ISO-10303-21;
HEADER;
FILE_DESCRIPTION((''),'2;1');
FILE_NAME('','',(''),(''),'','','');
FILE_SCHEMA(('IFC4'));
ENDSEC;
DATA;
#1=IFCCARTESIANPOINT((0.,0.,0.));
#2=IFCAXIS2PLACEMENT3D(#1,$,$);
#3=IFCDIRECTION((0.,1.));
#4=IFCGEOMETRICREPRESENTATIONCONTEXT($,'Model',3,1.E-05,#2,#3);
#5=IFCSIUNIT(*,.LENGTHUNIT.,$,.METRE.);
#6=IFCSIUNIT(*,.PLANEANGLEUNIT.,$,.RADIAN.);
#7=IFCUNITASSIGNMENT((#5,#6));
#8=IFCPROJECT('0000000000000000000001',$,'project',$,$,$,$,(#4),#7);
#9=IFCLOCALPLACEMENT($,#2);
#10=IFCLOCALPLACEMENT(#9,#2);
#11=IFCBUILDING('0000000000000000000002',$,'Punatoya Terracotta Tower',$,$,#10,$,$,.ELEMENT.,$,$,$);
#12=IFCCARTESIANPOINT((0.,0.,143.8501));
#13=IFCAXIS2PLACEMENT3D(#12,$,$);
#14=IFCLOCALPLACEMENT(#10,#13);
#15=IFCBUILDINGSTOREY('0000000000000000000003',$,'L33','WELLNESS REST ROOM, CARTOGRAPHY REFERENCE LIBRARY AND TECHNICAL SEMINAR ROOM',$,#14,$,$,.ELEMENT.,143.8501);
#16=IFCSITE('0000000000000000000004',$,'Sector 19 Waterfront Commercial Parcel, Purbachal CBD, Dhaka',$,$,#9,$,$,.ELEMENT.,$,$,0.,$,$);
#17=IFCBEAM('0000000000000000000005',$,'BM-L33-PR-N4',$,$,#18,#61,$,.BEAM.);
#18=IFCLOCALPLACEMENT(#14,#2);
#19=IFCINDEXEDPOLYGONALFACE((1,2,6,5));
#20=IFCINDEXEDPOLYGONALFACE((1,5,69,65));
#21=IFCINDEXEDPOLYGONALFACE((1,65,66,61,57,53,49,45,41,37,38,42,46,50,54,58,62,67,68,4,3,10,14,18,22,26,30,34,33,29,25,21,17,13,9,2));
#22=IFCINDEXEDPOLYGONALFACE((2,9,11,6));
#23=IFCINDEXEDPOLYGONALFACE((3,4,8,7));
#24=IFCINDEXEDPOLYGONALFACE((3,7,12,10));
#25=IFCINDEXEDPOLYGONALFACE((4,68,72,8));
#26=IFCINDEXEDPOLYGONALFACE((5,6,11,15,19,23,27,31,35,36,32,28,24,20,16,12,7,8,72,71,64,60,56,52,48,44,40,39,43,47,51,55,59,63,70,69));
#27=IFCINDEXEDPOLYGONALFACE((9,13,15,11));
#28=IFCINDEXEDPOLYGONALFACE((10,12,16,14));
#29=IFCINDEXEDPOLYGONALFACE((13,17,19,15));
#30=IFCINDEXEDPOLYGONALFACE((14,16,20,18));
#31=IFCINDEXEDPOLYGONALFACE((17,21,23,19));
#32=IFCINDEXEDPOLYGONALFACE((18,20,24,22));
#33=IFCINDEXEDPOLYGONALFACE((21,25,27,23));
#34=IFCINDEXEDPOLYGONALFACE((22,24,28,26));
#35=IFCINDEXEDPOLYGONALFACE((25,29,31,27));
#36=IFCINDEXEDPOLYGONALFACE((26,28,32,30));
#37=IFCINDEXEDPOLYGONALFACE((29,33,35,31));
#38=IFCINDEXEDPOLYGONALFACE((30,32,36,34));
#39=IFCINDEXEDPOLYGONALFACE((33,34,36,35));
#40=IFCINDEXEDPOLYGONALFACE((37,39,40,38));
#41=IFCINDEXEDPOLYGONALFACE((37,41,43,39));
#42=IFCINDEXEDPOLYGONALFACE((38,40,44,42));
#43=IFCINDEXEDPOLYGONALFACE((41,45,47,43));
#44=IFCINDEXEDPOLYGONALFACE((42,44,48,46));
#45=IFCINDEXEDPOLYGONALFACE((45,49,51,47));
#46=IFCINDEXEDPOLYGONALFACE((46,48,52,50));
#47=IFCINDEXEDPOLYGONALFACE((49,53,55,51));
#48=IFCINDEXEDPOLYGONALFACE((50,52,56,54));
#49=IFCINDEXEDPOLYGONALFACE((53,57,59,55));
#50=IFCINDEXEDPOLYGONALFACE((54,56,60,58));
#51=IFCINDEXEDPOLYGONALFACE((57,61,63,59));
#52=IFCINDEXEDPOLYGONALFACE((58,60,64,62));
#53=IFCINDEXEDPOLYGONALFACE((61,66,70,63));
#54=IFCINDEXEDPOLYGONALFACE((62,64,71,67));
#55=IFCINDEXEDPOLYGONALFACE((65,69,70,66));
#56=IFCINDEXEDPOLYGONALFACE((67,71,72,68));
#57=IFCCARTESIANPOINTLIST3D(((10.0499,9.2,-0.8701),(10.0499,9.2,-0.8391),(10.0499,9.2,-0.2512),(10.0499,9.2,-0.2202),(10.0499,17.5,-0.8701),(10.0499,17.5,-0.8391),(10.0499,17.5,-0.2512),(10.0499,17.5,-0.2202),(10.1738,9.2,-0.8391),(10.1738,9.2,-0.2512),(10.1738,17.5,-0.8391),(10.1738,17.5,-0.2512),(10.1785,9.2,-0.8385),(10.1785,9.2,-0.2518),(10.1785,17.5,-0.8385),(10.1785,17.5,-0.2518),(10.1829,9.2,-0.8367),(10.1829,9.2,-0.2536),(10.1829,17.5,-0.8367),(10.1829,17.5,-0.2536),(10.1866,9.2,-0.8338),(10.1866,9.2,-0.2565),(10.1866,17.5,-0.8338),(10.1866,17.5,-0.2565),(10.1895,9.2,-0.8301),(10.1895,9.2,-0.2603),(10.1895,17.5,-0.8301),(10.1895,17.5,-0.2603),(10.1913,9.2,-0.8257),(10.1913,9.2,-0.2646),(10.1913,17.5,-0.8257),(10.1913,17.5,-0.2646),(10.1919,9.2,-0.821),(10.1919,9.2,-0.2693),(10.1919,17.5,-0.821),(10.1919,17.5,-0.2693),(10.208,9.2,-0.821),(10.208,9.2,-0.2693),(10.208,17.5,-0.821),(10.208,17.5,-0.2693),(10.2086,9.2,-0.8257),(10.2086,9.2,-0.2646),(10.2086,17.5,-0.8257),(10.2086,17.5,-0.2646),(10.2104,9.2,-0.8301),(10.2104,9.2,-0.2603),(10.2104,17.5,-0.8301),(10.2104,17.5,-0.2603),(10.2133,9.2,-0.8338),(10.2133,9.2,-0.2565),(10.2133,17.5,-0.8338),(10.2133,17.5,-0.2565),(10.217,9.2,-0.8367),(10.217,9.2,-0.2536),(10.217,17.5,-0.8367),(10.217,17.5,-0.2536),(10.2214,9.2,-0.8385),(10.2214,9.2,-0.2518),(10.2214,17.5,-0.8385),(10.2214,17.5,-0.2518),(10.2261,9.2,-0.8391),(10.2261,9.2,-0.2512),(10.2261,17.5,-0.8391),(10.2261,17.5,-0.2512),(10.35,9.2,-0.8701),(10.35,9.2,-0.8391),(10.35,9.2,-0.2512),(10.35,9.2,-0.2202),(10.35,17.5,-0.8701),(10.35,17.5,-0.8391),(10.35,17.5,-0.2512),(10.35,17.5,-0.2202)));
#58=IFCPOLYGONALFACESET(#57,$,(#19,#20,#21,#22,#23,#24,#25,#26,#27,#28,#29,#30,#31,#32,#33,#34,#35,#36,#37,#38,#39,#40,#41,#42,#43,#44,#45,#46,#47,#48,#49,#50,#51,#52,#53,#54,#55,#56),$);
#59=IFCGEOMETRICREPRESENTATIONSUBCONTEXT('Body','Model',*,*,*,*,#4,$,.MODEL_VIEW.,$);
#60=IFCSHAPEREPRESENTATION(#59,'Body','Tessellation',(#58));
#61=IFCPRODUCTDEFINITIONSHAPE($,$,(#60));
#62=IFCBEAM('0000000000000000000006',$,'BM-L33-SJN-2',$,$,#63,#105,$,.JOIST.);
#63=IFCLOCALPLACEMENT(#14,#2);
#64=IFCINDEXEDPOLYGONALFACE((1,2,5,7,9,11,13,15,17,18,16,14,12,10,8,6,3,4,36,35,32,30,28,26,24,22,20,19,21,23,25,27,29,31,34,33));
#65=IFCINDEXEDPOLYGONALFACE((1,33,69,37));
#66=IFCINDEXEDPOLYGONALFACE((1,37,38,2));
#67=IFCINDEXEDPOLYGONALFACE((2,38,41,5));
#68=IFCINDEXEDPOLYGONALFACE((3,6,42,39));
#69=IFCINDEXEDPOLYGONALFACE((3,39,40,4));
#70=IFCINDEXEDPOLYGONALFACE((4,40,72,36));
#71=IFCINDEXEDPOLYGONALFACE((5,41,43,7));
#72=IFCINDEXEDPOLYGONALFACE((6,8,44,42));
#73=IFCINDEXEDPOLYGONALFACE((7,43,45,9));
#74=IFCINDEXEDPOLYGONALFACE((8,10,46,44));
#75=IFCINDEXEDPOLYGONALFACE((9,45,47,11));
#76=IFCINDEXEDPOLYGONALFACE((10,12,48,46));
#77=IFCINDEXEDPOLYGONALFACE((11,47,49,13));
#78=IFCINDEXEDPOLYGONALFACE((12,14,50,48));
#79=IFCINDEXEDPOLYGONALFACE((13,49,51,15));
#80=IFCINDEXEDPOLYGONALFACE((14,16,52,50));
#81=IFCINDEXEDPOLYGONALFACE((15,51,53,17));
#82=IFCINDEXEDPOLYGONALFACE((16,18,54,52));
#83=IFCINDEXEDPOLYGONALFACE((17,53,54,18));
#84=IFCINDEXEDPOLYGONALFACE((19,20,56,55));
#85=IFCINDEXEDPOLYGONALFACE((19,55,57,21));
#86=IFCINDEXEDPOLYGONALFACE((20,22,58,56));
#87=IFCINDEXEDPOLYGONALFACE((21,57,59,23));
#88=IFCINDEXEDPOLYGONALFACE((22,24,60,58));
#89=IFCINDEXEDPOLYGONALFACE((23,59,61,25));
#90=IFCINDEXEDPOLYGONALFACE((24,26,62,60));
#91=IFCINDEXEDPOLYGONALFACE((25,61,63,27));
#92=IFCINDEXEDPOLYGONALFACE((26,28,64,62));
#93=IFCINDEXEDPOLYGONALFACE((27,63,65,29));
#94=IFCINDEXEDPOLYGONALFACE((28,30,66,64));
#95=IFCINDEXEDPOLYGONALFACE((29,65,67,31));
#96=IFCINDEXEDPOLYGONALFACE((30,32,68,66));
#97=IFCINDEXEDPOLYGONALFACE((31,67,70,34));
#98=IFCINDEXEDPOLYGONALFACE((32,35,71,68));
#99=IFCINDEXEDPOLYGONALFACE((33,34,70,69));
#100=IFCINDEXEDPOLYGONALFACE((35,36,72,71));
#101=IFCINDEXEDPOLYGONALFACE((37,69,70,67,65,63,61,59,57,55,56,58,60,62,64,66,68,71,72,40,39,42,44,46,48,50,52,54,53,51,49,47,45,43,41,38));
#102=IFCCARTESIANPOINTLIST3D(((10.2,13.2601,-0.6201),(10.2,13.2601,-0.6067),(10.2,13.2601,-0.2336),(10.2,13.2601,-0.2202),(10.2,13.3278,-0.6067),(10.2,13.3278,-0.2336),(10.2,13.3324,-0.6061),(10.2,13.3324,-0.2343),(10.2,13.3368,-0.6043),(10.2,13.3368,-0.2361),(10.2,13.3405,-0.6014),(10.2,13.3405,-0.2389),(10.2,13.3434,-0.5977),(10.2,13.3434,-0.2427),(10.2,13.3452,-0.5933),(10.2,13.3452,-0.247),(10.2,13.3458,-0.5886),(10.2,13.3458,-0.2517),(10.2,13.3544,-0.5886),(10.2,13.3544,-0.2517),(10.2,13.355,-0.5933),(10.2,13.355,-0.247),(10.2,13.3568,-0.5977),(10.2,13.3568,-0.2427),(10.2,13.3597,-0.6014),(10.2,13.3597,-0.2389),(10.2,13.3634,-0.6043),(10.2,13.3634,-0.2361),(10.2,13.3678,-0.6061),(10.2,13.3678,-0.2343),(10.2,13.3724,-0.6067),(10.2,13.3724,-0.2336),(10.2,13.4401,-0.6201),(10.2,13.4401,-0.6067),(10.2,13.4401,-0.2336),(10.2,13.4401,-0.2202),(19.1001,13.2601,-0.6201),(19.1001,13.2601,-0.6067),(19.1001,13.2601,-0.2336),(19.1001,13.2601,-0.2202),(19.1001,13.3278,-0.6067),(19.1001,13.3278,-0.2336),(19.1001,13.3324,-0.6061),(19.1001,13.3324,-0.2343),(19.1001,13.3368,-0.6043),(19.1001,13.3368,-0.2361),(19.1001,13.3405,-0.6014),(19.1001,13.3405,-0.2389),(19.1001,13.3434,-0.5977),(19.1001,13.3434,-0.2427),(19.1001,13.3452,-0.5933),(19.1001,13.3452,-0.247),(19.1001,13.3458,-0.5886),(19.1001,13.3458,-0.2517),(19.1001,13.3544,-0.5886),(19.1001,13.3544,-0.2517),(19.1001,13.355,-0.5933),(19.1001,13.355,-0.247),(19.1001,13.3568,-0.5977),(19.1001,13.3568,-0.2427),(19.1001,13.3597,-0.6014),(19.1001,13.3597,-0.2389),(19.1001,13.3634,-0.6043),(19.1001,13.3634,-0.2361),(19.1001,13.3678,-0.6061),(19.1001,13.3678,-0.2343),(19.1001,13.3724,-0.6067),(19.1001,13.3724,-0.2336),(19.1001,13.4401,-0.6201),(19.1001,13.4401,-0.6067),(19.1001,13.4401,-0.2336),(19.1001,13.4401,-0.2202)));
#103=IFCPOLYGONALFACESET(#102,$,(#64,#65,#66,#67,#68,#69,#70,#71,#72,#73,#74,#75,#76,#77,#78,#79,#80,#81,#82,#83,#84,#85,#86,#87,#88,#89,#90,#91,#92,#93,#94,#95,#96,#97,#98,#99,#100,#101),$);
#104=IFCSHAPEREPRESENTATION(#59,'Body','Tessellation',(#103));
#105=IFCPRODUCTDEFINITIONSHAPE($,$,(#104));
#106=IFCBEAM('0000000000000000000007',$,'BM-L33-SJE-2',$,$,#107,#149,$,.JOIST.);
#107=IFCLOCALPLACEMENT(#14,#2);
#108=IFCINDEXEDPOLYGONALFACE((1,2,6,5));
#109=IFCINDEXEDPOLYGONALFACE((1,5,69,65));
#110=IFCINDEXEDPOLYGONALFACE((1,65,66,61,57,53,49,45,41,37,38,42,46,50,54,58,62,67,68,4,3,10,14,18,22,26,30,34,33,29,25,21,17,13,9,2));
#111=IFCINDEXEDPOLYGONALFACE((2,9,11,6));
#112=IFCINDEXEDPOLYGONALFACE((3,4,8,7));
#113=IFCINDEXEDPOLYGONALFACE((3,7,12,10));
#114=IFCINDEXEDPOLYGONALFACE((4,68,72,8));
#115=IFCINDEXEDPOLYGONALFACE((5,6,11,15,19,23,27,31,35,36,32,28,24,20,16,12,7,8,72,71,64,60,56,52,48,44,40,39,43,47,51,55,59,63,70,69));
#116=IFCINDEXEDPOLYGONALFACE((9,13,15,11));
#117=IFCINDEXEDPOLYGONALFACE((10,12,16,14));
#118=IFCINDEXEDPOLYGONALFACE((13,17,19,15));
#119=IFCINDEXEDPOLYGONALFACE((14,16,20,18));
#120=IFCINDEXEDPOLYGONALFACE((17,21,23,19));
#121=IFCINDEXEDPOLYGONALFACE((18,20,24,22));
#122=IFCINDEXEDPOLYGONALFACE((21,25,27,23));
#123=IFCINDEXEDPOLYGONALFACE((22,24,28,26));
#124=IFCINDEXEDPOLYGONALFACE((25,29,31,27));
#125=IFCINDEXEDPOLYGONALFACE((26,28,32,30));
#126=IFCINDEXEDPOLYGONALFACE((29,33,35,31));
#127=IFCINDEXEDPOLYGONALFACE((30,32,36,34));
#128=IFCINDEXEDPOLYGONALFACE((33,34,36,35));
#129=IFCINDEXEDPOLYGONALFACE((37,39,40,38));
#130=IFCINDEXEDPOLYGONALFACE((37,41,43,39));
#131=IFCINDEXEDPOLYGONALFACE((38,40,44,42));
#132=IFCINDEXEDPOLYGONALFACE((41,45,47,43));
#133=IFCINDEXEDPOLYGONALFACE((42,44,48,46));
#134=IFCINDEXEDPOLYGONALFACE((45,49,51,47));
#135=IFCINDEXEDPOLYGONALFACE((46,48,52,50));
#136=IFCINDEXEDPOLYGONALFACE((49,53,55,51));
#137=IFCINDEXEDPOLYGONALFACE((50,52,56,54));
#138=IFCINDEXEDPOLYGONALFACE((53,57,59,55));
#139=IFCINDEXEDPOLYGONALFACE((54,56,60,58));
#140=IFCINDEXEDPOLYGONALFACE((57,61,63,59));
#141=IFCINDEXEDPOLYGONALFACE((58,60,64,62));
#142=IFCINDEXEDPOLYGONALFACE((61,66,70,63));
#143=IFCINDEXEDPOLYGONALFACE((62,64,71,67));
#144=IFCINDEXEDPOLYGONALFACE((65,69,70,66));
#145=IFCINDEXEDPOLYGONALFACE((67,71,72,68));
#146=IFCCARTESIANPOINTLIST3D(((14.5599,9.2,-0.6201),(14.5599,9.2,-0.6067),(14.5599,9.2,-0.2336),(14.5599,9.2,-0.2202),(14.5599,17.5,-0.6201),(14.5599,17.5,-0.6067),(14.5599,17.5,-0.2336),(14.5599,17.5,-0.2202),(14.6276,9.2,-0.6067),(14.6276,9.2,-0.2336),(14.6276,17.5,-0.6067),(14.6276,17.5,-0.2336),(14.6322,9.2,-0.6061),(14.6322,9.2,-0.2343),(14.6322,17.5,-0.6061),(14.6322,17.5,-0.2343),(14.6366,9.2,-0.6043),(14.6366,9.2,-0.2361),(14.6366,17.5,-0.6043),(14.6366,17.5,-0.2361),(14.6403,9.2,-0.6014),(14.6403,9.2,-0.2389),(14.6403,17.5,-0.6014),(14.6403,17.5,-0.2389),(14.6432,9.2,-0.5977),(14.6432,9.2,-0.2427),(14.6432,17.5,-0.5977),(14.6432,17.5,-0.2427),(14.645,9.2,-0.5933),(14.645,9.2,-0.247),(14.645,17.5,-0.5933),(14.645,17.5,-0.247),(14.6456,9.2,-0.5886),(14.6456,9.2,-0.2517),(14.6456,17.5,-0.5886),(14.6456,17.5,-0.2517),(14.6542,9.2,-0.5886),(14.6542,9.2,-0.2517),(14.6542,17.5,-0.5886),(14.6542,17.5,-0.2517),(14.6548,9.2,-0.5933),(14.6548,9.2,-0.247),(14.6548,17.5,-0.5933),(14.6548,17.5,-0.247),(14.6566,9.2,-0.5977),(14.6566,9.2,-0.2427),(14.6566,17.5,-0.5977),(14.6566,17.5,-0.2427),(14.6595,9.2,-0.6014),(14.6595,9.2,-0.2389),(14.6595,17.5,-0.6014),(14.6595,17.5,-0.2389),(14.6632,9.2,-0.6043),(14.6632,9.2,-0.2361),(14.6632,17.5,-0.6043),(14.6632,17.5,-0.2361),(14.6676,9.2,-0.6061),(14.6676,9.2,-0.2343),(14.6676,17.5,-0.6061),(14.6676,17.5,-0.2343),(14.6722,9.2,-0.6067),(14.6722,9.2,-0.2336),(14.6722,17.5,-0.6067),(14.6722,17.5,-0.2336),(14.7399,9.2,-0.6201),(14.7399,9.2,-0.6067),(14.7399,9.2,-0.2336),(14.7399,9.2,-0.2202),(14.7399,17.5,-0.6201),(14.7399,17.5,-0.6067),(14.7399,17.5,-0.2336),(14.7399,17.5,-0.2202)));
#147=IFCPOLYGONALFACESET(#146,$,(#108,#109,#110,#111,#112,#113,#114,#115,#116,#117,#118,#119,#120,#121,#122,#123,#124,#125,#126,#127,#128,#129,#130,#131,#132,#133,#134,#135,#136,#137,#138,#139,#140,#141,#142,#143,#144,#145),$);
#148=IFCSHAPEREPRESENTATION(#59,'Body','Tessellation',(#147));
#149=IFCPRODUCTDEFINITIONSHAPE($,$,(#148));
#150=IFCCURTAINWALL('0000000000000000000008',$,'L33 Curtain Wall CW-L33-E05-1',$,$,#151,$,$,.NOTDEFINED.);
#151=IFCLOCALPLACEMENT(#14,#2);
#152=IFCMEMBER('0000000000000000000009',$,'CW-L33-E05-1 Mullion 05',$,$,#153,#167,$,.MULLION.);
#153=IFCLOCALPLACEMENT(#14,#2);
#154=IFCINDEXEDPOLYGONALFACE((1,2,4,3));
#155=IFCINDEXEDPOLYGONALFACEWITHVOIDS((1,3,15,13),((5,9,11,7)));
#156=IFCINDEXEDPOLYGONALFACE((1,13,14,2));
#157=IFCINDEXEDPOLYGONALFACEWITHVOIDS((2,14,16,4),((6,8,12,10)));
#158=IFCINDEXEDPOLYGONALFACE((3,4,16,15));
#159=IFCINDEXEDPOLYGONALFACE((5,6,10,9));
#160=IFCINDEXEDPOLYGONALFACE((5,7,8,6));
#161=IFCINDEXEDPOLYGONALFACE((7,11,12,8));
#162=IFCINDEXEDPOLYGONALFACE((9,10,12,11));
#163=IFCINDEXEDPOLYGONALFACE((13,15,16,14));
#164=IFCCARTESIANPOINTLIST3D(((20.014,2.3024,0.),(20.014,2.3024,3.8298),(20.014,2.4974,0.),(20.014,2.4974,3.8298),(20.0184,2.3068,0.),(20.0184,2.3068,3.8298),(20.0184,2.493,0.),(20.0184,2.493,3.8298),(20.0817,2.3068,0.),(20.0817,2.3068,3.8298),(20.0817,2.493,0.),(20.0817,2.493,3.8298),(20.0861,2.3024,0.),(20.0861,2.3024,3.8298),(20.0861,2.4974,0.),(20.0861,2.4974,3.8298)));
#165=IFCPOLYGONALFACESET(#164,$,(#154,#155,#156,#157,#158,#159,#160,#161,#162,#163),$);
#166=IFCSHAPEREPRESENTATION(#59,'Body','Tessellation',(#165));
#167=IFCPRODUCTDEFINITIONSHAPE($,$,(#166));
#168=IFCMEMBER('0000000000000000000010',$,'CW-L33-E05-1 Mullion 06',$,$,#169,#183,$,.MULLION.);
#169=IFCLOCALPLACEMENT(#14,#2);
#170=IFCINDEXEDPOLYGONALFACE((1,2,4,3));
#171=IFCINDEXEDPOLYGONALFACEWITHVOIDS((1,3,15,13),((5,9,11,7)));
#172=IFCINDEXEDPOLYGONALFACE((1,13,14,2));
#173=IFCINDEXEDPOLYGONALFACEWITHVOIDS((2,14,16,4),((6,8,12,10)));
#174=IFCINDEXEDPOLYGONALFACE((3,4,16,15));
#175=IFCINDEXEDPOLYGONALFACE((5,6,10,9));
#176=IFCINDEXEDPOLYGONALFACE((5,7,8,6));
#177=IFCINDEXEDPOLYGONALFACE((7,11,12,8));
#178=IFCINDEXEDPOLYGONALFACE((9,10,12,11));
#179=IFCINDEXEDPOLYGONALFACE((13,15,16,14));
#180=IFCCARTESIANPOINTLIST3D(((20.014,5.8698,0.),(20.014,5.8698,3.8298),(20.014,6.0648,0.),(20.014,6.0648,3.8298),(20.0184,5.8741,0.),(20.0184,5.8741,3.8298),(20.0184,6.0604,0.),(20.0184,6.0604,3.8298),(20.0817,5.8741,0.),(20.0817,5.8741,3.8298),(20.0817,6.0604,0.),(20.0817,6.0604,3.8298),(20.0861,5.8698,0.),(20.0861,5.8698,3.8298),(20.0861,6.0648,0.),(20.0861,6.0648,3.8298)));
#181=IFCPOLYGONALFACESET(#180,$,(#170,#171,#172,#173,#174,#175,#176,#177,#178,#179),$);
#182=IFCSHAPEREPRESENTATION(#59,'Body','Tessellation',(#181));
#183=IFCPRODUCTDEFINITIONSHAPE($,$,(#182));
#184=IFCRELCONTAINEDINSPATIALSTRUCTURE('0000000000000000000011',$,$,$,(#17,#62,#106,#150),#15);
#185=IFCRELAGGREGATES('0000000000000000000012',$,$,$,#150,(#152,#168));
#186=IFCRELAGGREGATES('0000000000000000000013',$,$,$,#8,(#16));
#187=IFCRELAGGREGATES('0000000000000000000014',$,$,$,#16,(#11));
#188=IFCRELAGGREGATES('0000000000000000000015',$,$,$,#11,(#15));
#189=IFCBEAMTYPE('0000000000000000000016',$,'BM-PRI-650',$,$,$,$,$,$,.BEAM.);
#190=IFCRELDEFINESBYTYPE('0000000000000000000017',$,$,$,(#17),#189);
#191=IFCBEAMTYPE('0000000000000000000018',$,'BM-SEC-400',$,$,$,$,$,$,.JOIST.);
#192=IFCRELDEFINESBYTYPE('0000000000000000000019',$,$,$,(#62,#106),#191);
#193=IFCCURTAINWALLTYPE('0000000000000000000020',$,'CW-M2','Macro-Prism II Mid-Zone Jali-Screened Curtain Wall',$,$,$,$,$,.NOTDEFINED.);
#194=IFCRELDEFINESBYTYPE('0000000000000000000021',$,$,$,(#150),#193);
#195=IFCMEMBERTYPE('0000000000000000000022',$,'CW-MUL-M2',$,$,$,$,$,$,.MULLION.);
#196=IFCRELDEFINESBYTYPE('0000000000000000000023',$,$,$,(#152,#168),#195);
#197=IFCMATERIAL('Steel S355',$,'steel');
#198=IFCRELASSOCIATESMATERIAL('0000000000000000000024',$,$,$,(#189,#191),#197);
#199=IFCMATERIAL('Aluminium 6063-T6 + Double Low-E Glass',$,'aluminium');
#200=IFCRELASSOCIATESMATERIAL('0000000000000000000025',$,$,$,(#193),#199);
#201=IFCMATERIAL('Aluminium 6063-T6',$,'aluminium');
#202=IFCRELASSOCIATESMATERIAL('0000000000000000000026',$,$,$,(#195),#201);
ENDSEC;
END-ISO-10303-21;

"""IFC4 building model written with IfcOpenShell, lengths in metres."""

from ifc_helpers import new_model, si_unit, direction, frame, origin, origin_2d, place, context, subcontext, project, spatial, hollow_rectangle, i_section, extrude, material, material_profile, profile_set, type_object, element, aggregate, save


model = new_model("IFC4")

# Units and contexts
model_context = context("Model", 3, precision=1e-05, world=origin(), true_north=direction((0.0, 1.0)))
body_context = subcontext(model_context, "Body", "Model", "MODEL_VIEW")
ifc_project = project(units=[si_unit("LENGTHUNIT", "METRE"), si_unit("PLANEANGLEUNIT", "RADIAN")], contexts=[model_context])

# Site, building, storey
site_placement = place(None, origin())
site = spatial("IfcSite", under=ifc_project, at=site_placement, Name="Sector 19 Waterfront Commercial Parcel, Purbachal CBD, Dhaka", CompositionType="ELEMENT", RefElevation=0.0)
building_placement = place(site_placement, origin())
building = spatial("IfcBuilding", under=site, at=building_placement, Name="Punatoya Terracotta Tower", CompositionType="ELEMENT")
storey_placement = place(building_placement, frame((0.0, 0.0, 143.8501)))
storey = spatial("IfcBuildingStorey", under=building, at=storey_placement, Name="L33", Description="WELLNESS REST ROOM, CARTOGRAPHY REFERENCE LIBRARY AND TECHNICAL SEMINAR ROOM", CompositionType="ELEMENT", Elevation=143.8501)

# Beams
ifc_material_1 = material(Name="Steel S355", Category="steel")
ifc_material_profile_1 = material_profile(ifc_material_1, i_section(OverallWidth=0.3, OverallDepth=0.6499, WebThickness=0.0161, FlangeThickness=0.031, FilletRadius=0.0181, at=origin_2d()))
ifc_profile_set_1 = profile_set([ifc_material_profile_1], Name="Steel S355")
beam_type_1 = type_object("IfcBeamType", Name="BM-PRI-650", PredefinedType="BEAM", material=ifc_profile_set_1)
beam_1_placement = place(storey_placement, frame((10.2, 9.2, -0.5452), z_axis=(0.0, 1.0, 0.0), x_axis=(-1.0, 0.0, 0.0)))
element("IfcBeam", 1, at=beam_1_placement, inside=storey, type_object=beam_type_1, Name="BM-L33-PR-N4", PredefinedType="BEAM", context=body_context, shape_type="SweptSolid", body=[
    extrude(i_section(OverallWidth=0.3, OverallDepth=0.6499, WebThickness=0.0161, FlangeThickness=0.031, FilletRadius=0.0181, at=origin_2d()), origin(), (0.0, 0.0, 1.0), 8.3),
])
ifc_material_profile_2 = material_profile(ifc_material_1, i_section(OverallWidth=0.1799, OverallDepth=0.3999, WebThickness=0.0085, FlangeThickness=0.0134, FilletRadius=0.0181, at=origin_2d()))
ifc_profile_set_2 = profile_set([ifc_material_profile_2], Name="Steel S355")
beam_type_2 = type_object("IfcBeamType", Name="BM-SEC-400", PredefinedType="JOIST", material=ifc_profile_set_2)
beam_2_placement = place(storey_placement, frame((10.2, 13.3501, -0.4202), z_axis=(1.0, 0.0, 0.0), x_axis=(0.0, 1.0, 0.0)))
element("IfcBeam", 2, at=beam_2_placement, inside=storey, type_object=beam_type_2, Name="BM-L33-SJN-2", PredefinedType="JOIST", context=body_context, shape_type="SweptSolid", body=[
    extrude(i_section(OverallWidth=0.1799, OverallDepth=0.3999, WebThickness=0.0085, FlangeThickness=0.0134, FilletRadius=0.0181, at=origin_2d()), origin(), (0.0, 0.0, 1.0), 8.9001),
])
beam_3_placement = place(storey_placement, frame((14.6499, 9.2, -0.4202), z_axis=(0.0, 1.0, 0.0), x_axis=(-1.0, 0.0, 0.0)))
element("IfcBeam", 3, at=beam_3_placement, inside=storey, type_object=beam_type_2, Name="BM-L33-SJE-2", PredefinedType="JOIST", context=body_context, shape_type="SweptSolid", body=[
    extrude(i_section(OverallWidth=0.1799, OverallDepth=0.3999, WebThickness=0.0085, FlangeThickness=0.0134, FilletRadius=0.0181, at=origin_2d()), origin(), (0.0, 0.0, 1.0), 8.3),
])

# Curtain wall, members
ifc_material_2 = material(Name="Aluminium 6063-T6 + Double Low-E Glass", Category="aluminium")
curtain_wall_type = type_object("IfcCurtainWallType", Name="CW-M2", Description="Macro-Prism II Mid-Zone Jali-Screened Curtain Wall", PredefinedType="NOTDEFINED", material=ifc_material_2)
curtain_wall_placement = place(storey_placement, origin())
curtain_wall = element("IfcCurtainWall", 4, at=curtain_wall_placement, inside=storey, type_object=curtain_wall_type, Name="L33 Curtain Wall CW-L33-E05-1", PredefinedType="NOTDEFINED")
ifc_material_3 = material(Name="Aluminium 6063-T6", Category="aluminium")
ifc_material_profile_3 = material_profile(ifc_material_3, hollow_rectangle(XDim=0.072, YDim=0.1951, WallThickness=0.0044, at=origin_2d()))
ifc_profile_set_3 = profile_set([ifc_material_profile_3], Name="Aluminium 6063-T6")
member_type = type_object("IfcMemberType", Name="CW-MUL-M2", PredefinedType="MULLION", material=ifc_profile_set_3)
member_1_placement = place(storey_placement, frame((20.05, 2.3999, 0.0), z_axis=(0.0, 0.0, 1.0), x_axis=(1.0, 0.0, 0.0)))
member_1 = element("IfcMember", 5, at=member_1_placement, type_object=member_type, Name="CW-L33-E05-1 Mullion 05", PredefinedType="MULLION", context=body_context, shape_type="SweptSolid", body=[
    extrude(hollow_rectangle(XDim=0.072, YDim=0.1951, WallThickness=0.0044, at=origin_2d()), origin(), (0.0, 0.0, 1.0), 3.8298),
])
member_2_placement = place(storey_placement, frame((20.05, 5.9673, 0.0), z_axis=(0.0, 0.0, 1.0), x_axis=(1.0, 0.0, 0.0)))
member_2 = element("IfcMember", 6, at=member_2_placement, type_object=member_type, Name="CW-L33-E05-1 Mullion 06", PredefinedType="MULLION", context=body_context, shape_type="SweptSolid", body=[
    extrude(hollow_rectangle(XDim=0.072, YDim=0.1951, WallThickness=0.0044, at=origin_2d()), origin(), (0.0, 0.0, 1.0), 3.8298),
])
aggregate(curtain_wall, [member_1, member_2])

save(model, "model.ifc")
